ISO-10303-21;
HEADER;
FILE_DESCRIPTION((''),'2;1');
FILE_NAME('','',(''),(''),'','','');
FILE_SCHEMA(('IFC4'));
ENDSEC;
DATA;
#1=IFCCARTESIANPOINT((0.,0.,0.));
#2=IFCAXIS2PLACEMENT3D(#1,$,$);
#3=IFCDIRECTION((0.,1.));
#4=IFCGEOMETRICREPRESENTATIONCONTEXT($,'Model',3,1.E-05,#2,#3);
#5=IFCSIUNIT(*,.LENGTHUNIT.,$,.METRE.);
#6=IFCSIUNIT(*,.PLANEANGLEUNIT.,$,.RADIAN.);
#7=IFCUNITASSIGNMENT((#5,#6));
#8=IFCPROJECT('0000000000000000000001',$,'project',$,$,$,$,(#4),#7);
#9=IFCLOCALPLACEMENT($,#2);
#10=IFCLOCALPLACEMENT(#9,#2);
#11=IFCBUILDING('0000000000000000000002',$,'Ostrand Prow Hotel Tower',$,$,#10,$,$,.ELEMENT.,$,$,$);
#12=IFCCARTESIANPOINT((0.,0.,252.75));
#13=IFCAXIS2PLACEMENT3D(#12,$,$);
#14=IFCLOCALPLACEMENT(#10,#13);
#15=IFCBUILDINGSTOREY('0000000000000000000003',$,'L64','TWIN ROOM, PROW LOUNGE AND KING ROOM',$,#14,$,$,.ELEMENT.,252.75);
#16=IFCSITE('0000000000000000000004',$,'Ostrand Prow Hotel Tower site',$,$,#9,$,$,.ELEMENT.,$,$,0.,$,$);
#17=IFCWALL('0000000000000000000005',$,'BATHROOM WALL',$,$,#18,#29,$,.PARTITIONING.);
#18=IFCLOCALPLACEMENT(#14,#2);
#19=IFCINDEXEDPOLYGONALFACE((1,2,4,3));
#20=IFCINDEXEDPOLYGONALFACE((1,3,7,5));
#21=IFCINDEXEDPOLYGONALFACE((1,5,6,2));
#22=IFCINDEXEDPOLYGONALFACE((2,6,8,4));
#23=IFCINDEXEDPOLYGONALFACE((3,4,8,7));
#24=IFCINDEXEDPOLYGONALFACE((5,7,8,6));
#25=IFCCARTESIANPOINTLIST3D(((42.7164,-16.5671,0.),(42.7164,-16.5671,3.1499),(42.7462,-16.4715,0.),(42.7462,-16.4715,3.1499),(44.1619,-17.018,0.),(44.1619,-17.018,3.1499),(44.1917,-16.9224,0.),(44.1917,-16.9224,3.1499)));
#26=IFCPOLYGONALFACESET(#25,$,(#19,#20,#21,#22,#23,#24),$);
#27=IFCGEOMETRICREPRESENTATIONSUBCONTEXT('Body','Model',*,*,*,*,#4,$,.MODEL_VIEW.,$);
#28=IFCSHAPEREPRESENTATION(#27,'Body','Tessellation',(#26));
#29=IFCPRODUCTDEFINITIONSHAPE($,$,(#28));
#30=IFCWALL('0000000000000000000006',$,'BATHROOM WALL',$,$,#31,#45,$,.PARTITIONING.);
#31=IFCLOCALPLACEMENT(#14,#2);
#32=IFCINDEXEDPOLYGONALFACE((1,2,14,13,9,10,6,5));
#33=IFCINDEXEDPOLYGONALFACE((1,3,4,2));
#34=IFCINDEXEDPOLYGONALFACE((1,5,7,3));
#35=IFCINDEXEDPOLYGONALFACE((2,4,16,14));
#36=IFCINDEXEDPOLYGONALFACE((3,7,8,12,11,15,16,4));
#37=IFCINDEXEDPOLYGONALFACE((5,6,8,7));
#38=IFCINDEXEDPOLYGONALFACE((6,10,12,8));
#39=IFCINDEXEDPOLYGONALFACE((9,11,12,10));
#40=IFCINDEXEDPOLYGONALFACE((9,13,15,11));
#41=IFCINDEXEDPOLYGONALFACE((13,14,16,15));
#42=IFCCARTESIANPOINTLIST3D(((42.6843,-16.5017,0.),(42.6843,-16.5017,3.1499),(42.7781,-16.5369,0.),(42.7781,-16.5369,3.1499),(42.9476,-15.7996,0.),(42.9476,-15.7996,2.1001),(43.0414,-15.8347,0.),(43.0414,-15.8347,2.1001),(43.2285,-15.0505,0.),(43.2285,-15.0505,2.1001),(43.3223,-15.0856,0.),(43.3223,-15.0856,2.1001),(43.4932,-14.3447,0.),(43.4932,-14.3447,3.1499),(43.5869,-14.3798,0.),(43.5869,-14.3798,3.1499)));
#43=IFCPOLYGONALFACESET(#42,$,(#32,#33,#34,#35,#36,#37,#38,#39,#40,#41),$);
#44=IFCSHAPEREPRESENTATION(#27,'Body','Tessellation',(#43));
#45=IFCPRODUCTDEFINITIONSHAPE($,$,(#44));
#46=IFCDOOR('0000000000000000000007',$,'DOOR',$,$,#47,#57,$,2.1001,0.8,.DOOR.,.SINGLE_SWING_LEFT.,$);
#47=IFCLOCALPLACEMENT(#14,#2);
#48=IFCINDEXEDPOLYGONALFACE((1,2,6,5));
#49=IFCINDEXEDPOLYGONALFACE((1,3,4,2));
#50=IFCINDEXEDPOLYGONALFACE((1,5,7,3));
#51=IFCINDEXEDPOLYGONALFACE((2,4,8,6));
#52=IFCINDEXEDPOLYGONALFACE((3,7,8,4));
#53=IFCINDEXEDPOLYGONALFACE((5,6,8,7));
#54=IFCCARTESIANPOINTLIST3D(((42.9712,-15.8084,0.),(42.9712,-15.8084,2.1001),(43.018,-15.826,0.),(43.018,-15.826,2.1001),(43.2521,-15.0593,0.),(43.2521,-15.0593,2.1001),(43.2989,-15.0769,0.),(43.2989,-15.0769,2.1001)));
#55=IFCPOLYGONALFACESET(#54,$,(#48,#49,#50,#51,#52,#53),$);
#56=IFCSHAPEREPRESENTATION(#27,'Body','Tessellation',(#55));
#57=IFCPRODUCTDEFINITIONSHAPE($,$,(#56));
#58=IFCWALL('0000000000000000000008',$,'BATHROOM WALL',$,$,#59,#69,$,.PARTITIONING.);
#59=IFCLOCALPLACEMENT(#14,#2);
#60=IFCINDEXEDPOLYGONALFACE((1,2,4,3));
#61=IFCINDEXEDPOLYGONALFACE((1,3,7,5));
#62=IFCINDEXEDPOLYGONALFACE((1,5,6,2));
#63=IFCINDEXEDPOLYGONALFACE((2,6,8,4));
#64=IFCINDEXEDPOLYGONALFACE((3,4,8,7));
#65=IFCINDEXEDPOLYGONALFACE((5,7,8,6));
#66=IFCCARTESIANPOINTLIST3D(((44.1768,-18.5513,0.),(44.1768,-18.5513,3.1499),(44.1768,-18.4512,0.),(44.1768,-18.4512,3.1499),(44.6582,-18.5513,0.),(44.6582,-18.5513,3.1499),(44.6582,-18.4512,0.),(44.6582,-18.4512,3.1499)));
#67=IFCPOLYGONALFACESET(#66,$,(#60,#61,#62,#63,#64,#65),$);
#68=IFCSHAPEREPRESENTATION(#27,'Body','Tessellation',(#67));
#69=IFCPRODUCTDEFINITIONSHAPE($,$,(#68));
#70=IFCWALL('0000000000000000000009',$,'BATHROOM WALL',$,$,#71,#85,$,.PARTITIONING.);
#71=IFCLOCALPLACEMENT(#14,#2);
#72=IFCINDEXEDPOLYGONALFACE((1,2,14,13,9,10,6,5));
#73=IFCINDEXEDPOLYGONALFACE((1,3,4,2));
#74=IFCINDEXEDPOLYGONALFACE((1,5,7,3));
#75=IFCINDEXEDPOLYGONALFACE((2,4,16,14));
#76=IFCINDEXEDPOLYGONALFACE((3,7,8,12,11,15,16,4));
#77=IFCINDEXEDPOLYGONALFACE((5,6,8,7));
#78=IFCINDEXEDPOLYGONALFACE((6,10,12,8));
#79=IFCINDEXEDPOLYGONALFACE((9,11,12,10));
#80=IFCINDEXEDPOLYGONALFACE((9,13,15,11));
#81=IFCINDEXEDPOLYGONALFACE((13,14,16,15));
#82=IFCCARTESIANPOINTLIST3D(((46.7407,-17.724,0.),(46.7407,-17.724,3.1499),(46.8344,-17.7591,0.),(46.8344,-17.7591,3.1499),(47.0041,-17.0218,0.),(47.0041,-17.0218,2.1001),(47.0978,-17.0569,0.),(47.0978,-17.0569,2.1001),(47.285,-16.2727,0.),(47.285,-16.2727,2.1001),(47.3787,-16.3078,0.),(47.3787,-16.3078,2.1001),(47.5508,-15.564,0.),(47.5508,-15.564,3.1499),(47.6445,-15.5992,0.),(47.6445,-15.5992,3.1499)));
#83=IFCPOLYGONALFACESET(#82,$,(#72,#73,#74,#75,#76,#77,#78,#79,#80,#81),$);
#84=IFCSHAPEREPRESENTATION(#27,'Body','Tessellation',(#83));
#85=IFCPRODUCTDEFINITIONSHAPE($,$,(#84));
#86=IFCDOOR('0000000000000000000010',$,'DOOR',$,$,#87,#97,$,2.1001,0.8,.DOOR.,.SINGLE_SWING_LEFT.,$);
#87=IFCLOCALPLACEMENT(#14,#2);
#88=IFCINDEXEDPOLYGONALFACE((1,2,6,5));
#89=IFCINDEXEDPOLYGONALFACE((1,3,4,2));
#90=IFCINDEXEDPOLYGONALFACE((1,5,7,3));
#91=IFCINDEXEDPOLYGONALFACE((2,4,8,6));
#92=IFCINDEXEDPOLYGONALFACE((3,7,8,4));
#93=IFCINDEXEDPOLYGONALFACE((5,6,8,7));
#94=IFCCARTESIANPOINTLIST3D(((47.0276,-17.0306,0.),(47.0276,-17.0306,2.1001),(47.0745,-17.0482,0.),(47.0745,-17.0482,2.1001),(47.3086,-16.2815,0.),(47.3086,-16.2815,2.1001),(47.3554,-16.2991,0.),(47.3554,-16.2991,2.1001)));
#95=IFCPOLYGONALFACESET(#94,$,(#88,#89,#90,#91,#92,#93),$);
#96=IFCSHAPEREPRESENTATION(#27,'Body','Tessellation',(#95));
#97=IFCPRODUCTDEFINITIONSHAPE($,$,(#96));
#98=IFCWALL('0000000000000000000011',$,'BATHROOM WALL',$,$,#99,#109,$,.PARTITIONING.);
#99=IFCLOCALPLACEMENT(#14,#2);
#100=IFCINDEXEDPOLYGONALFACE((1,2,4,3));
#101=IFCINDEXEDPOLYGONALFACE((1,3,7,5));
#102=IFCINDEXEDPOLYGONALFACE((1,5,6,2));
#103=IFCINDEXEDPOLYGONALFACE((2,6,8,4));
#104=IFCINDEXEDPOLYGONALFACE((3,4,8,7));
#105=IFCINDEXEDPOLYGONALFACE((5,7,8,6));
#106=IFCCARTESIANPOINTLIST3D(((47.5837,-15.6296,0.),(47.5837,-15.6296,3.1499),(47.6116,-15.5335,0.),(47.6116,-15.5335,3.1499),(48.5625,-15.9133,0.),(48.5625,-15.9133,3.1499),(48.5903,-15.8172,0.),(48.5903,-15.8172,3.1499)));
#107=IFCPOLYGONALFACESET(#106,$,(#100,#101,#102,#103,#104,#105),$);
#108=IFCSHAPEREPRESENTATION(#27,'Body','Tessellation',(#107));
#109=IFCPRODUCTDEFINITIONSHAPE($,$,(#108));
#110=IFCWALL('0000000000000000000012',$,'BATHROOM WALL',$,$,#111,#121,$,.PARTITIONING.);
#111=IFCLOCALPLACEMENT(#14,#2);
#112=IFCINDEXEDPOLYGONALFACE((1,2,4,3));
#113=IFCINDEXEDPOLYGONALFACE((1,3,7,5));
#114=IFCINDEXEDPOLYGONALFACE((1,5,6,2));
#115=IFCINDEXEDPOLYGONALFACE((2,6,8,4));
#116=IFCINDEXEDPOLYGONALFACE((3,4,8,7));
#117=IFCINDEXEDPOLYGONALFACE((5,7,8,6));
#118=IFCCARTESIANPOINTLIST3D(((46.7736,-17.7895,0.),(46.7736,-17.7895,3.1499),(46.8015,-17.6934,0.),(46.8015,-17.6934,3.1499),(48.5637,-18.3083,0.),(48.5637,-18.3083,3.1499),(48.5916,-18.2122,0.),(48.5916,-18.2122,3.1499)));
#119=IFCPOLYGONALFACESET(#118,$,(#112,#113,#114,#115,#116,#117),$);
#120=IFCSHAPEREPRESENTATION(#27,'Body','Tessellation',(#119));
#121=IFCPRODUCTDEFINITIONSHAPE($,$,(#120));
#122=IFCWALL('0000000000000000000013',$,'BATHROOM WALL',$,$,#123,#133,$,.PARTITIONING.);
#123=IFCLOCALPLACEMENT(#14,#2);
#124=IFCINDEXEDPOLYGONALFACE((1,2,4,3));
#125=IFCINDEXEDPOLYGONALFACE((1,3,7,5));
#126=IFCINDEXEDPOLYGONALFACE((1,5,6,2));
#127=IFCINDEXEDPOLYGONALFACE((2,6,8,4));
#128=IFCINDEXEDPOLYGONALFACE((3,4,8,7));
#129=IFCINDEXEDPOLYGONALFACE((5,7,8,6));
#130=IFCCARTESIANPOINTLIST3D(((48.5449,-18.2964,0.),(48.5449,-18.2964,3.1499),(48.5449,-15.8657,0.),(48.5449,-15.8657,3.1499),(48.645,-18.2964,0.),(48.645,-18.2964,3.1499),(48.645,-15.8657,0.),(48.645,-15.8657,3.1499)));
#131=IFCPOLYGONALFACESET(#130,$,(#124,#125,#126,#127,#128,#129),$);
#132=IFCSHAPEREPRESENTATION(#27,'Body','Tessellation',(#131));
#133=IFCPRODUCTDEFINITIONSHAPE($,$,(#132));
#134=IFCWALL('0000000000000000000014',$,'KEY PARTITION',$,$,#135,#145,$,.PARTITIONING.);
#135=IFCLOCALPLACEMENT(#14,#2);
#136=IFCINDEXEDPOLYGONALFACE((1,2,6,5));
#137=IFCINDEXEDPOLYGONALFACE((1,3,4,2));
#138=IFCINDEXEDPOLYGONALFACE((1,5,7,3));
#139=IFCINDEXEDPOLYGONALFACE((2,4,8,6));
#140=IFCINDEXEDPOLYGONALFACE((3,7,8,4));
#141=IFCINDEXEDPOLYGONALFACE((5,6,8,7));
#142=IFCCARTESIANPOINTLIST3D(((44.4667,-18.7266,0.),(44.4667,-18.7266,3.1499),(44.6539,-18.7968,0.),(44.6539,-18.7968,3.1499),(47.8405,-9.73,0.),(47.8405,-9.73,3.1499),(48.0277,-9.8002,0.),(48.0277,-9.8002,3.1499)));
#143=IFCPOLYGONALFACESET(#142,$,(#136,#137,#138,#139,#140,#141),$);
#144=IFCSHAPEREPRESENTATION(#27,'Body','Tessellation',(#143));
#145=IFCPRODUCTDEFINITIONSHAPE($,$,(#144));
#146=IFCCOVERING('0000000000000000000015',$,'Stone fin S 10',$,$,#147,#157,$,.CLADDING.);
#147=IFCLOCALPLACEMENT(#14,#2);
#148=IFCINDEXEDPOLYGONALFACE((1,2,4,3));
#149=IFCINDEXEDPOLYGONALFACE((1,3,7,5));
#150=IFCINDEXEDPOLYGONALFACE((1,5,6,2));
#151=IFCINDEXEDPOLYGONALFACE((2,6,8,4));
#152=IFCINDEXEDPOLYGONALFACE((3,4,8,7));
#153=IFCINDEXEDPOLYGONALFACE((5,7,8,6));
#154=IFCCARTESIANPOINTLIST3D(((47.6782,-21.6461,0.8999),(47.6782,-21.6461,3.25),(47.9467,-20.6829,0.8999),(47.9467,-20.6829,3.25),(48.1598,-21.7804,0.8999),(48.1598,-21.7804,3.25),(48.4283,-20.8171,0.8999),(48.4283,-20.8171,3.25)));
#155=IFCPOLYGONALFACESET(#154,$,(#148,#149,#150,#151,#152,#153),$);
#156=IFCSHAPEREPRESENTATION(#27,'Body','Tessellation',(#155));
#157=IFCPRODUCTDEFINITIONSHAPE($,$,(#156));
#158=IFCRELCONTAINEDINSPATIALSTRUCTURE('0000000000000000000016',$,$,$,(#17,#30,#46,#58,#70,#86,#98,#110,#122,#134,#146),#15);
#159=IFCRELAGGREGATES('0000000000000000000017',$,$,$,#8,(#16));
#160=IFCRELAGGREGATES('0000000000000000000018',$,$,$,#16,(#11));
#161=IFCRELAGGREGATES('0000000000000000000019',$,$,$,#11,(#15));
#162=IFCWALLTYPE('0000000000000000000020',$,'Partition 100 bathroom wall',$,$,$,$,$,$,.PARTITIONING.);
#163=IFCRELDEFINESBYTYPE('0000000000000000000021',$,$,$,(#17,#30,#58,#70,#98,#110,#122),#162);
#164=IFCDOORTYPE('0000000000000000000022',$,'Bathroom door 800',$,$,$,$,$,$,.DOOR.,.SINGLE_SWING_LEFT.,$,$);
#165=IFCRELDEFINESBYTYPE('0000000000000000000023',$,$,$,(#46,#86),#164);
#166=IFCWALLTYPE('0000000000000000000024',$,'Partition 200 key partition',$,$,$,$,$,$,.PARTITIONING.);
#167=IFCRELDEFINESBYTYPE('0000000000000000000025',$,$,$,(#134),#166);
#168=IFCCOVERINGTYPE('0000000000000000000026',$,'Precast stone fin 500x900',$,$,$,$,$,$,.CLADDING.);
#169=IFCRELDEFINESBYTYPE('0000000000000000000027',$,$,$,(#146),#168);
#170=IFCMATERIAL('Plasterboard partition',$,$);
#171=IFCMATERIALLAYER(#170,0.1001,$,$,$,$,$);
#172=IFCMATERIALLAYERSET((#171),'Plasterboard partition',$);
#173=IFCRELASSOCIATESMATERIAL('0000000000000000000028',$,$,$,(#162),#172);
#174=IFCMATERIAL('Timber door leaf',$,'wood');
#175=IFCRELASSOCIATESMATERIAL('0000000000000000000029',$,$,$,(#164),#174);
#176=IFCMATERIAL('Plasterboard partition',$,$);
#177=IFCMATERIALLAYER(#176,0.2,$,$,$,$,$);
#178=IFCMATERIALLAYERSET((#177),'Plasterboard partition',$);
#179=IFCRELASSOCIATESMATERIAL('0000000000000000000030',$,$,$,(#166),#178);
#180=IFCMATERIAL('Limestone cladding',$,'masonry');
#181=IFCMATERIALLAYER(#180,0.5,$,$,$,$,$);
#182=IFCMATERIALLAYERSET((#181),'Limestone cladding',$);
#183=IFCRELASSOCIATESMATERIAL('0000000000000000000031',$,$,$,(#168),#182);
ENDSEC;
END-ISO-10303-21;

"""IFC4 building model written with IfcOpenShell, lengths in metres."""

from ifc_helpers import new_model, si_unit, direction, frame, frame_2d, origin, place, context, subcontext, project, spatial, rectangle, extrude, material, layer, layer_set, type_object, element, fill, save


model = new_model("IFC4")

# Units and contexts
model_context = context("Model", 3, precision=1e-05, world=origin(), true_north=direction((0.0, 1.0)))
body_context = subcontext(model_context, "Body", "Model", "MODEL_VIEW")
ifc_project = project(units=[si_unit("LENGTHUNIT", "METRE"), si_unit("PLANEANGLEUNIT", "RADIAN")], contexts=[model_context])

# Site, building, storey
site_placement = place(None, origin())
site = spatial("IfcSite", under=ifc_project, at=site_placement, Name="Ostrand Prow Hotel Tower site", CompositionType="ELEMENT", RefElevation=0.0)
building_placement = place(site_placement, origin())
building = spatial("IfcBuilding", under=site, at=building_placement, Name="Ostrand Prow Hotel Tower", CompositionType="ELEMENT")
storey_placement = place(building_placement, frame((0.0, 0.0, 252.75)))
storey = spatial("IfcBuildingStorey", under=building, at=storey_placement, Name="L64", Description="TWIN ROOM, PROW LOUNGE AND KING ROOM", CompositionType="ELEMENT", Elevation=252.75)

# Wall
ifc_material_1 = material(Name="Plasterboard partition")
ifc_layer_1 = layer(ifc_material_1, 0.1001)
ifc_layer_set_1 = layer_set([ifc_layer_1], Name="Plasterboard partition")
wall_type_1 = type_object("IfcWallType", Name="Partition 100 bathroom wall", PredefinedType="PARTITIONING", material=ifc_layer_set_1)
wall_1_placement = place(storey_placement, frame((44.1768, -16.9702, 0.0), z_axis=(0.0, 0.0, 1.0), x_axis=(-0.954632, 0.297788, 0.0)))
element("IfcWall", 1, at=wall_1_placement, inside=storey, type_object=wall_type_1, Name="BATHROOM WALL", PredefinedType="PARTITIONING", context=body_context, shape_type="SweptSolid", body=[
    extrude(rectangle(XDim=1.5142, YDim=0.1001, at=frame_2d((0.7571, 0.0))), origin(), (0.0, 0.0, 1.0), 3.1499),
])

# Wall, opening, door
wall_2_placement = place(storey_placement, frame((42.7312, -16.5193, 0.0), z_axis=(0.0, 0.0, 1.0), x_axis=(0.351112, 0.936334, 0.0)))
wall_2 = element("IfcWall", 2, at=wall_2_placement, inside=storey, type_object=wall_type_1, Name="BATHROOM WALL", PredefinedType="PARTITIONING", context=body_context, shape_type="SweptSolid", body=[
    extrude(rectangle(XDim=2.3037, YDim=0.1001, at=frame_2d((1.1519, 0.0))), origin(), (0.0, 0.0, 1.0), 3.1499),
])
opening_1_placement = place(wall_2_placement, frame((0.75, 0.0, 0.0)))
opening_1 = element("IfcOpeningElement", 3, at=opening_1_placement, cuts=wall_2, PredefinedType="OPENING", context=body_context, shape_type="SweptSolid", body=[
    extrude(rectangle(XDim=0.8, YDim=2.1001, at=frame_2d((0.3999, 1.05))), frame((0.0, 0.0601, 0.0), z_axis=(0.0, -1.0, 0.0), x_axis=(1.0, 0.0, 0.0)), (0.0, 0.0, 1.0), 0.1201),
])
ifc_material_2 = material(Name="Timber door leaf", Category="wood")
door_type_1 = type_object("IfcDoorType", Name="Bathroom door 800", OperationType="SINGLE_SWING_LEFT", PredefinedType="DOOR", material=ifc_material_2)
door_1_placement = place(opening_1_placement, origin())
door_1 = element("IfcDoor", 4, at=door_1_placement, inside=storey, type_object=door_type_1, Name="DOOR", OperationType="SINGLE_SWING_LEFT", OverallHeight=2.1001, OverallWidth=0.8, PredefinedType="DOOR", context=body_context, shape_type="SweptSolid", body=[
    extrude(rectangle(XDim=0.8, YDim=2.1001, at=frame_2d((0.3999, 1.05))), frame((0.0, 0.0249, 0.0), z_axis=(0.0, -1.0, 0.0), x_axis=(1.0, 0.0, 0.0)), (0.0, 0.0, 1.0), 0.05),
])
fill(opening_1, door_1)

# Wall
wall_3_placement = place(storey_placement, frame((44.6582, -18.5012, 0.0), z_axis=(0.0, 0.0, 1.0), x_axis=(-1.0, 0.0, 0.0)))
element("IfcWall", 5, at=wall_3_placement, inside=storey, type_object=wall_type_1, Name="BATHROOM WALL", PredefinedType="PARTITIONING", context=body_context, shape_type="SweptSolid", body=[
    extrude(rectangle(XDim=0.4814, YDim=0.1001, at=frame_2d((0.2407, 0.0))), origin(), (0.0, 0.0, 1.0), 3.1499),
])

# Wall, opening, door
wall_4_placement = place(storey_placement, frame((46.7876, -17.7415, 0.0), z_axis=(0.0, 0.0, 1.0), x_axis=(0.351158, 0.936316, 0.0)))
wall_4 = element("IfcWall", 6, at=wall_4_placement, inside=storey, type_object=wall_type_1, Name="BATHROOM WALL", PredefinedType="PARTITIONING", context=body_context, shape_type="SweptSolid", body=[
    extrude(rectangle(XDim=2.3069, YDim=0.1001, at=frame_2d((1.1533, 0.0))), origin(), (0.0, 0.0, 1.0), 3.1499),
])
opening_2_placement = place(wall_4_placement, frame((0.75, 0.0, 0.0)))
opening_2 = element("IfcOpeningElement", 7, at=opening_2_placement, cuts=wall_4, PredefinedType="OPENING", context=body_context, shape_type="SweptSolid", body=[
    extrude(rectangle(XDim=0.8, YDim=2.1001, at=frame_2d((0.3999, 1.05))), frame((0.0, 0.0601, 0.0), z_axis=(0.0, -1.0, 0.0), x_axis=(1.0, 0.0, 0.0)), (0.0, 0.0, 1.0), 0.1201),
])
door_2_placement = place(opening_2_placement, origin())
door_2 = element("IfcDoor", 8, at=door_2_placement, inside=storey, type_object=door_type_1, Name="DOOR", OperationType="SINGLE_SWING_LEFT", OverallHeight=2.1001, OverallWidth=0.8, PredefinedType="DOOR", context=body_context, shape_type="SweptSolid", body=[
    extrude(rectangle(XDim=0.8, YDim=2.1001, at=frame_2d((0.3999, 1.05))), frame((0.0, 0.0249, 0.0), z_axis=(0.0, -1.0, 0.0), x_axis=(1.0, 0.0, 0.0)), (0.0, 0.0, 1.0), 0.05),
])
fill(opening_2, door_2)

# Walls
wall_5_placement = place(storey_placement, frame((47.5977, -15.5815, 0.0), z_axis=(0.0, 0.0, 1.0), x_axis=(0.960468, -0.27839, 0.0)))
element("IfcWall", 9, at=wall_5_placement, inside=storey, type_object=wall_type_1, Name="BATHROOM WALL", PredefinedType="PARTITIONING", context=body_context, shape_type="SweptSolid", body=[
    extrude(rectangle(XDim=1.019, YDim=0.1001, at=frame_2d((0.5095, 0.0))), origin(), (0.0, 0.0, 1.0), 3.1499),
])
wall_6_placement = place(storey_placement, frame((48.5776, -18.2603, 0.0), z_axis=(0.0, 0.0, 1.0), x_axis=(-0.960474, 0.27837, 0.0)))
element("IfcWall", 10, at=wall_6_placement, inside=storey, type_object=wall_type_1, Name="BATHROOM WALL", PredefinedType="PARTITIONING", context=body_context, shape_type="SweptSolid", body=[
    extrude(rectangle(XDim=1.8638, YDim=0.1001, at=frame_2d((0.9319, 0.0))), origin(), (0.0, 0.0, 1.0), 3.1499),
])
wall_7_placement = place(storey_placement, frame((48.595, -15.8657, 0.0), z_axis=(0.0, 0.0, 1.0), x_axis=(0.0, -1.0, 0.0)))
element("IfcWall", 11, at=wall_7_placement, inside=storey, type_object=wall_type_1, Name="BATHROOM WALL", PredefinedType="PARTITIONING", context=body_context, shape_type="SweptSolid", body=[
    extrude(rectangle(XDim=2.4307, YDim=0.1001, at=frame_2d((1.2153, 0.0))), origin(), (0.0, 0.0, 1.0), 3.1499),
])
ifc_material_3 = material(Name="Plasterboard partition")
ifc_layer_2 = layer(ifc_material_3, 0.2)
ifc_layer_set_2 = layer_set([ifc_layer_2], Name="Plasterboard partition")
wall_type_2 = type_object("IfcWallType", Name="Partition 200 key partition", PredefinedType="PARTITIONING", material=ifc_layer_set_2)
wall_8_placement = place(storey_placement, frame((44.5603, -18.7617, 0.0), z_axis=(0.0, 0.0, 1.0), x_axis=(0.351129, 0.936327, 0.0)))
element("IfcWall", 12, at=wall_8_placement, inside=storey, type_object=wall_type_2, Name="KEY PARTITION", PredefinedType="PARTITIONING", context=body_context, shape_type="SweptSolid", body=[
    extrude(rectangle(XDim=9.6084, YDim=0.2, at=frame_2d((4.8042, 0.0))), origin(), (0.0, 0.0, 1.0), 3.1499),
])

# Covering
ifc_material_4 = material(Name="Limestone cladding", Category="masonry")
ifc_layer_3 = layer(ifc_material_4, 0.5)
ifc_layer_set_3 = layer_set([ifc_layer_3], Name="Limestone cladding")
covering_type = type_object("IfcCoveringType", Name="Precast stone fin 500x900", PredefinedType="CLADDING", material=ifc_layer_set_3)
covering_placement = place(storey_placement, frame((48.1875, -20.75, 0.8999), z_axis=(0.0, 0.0, 1.0), x_axis=(-0.268525, -0.963273, 0.0)))
element("IfcCovering", 13, at=covering_placement, inside=storey, type_object=covering_type, Name="Stone fin S 10", PredefinedType="CLADDING", context=body_context, shape_type="SweptSolid", body=[
    extrude(rectangle(XDim=1.0, YDim=0.5, at=frame_2d((0.5, 0.0))), origin(), (0.0, 0.0, 1.0), 2.3501),
])

save(model, "model.ifc")
